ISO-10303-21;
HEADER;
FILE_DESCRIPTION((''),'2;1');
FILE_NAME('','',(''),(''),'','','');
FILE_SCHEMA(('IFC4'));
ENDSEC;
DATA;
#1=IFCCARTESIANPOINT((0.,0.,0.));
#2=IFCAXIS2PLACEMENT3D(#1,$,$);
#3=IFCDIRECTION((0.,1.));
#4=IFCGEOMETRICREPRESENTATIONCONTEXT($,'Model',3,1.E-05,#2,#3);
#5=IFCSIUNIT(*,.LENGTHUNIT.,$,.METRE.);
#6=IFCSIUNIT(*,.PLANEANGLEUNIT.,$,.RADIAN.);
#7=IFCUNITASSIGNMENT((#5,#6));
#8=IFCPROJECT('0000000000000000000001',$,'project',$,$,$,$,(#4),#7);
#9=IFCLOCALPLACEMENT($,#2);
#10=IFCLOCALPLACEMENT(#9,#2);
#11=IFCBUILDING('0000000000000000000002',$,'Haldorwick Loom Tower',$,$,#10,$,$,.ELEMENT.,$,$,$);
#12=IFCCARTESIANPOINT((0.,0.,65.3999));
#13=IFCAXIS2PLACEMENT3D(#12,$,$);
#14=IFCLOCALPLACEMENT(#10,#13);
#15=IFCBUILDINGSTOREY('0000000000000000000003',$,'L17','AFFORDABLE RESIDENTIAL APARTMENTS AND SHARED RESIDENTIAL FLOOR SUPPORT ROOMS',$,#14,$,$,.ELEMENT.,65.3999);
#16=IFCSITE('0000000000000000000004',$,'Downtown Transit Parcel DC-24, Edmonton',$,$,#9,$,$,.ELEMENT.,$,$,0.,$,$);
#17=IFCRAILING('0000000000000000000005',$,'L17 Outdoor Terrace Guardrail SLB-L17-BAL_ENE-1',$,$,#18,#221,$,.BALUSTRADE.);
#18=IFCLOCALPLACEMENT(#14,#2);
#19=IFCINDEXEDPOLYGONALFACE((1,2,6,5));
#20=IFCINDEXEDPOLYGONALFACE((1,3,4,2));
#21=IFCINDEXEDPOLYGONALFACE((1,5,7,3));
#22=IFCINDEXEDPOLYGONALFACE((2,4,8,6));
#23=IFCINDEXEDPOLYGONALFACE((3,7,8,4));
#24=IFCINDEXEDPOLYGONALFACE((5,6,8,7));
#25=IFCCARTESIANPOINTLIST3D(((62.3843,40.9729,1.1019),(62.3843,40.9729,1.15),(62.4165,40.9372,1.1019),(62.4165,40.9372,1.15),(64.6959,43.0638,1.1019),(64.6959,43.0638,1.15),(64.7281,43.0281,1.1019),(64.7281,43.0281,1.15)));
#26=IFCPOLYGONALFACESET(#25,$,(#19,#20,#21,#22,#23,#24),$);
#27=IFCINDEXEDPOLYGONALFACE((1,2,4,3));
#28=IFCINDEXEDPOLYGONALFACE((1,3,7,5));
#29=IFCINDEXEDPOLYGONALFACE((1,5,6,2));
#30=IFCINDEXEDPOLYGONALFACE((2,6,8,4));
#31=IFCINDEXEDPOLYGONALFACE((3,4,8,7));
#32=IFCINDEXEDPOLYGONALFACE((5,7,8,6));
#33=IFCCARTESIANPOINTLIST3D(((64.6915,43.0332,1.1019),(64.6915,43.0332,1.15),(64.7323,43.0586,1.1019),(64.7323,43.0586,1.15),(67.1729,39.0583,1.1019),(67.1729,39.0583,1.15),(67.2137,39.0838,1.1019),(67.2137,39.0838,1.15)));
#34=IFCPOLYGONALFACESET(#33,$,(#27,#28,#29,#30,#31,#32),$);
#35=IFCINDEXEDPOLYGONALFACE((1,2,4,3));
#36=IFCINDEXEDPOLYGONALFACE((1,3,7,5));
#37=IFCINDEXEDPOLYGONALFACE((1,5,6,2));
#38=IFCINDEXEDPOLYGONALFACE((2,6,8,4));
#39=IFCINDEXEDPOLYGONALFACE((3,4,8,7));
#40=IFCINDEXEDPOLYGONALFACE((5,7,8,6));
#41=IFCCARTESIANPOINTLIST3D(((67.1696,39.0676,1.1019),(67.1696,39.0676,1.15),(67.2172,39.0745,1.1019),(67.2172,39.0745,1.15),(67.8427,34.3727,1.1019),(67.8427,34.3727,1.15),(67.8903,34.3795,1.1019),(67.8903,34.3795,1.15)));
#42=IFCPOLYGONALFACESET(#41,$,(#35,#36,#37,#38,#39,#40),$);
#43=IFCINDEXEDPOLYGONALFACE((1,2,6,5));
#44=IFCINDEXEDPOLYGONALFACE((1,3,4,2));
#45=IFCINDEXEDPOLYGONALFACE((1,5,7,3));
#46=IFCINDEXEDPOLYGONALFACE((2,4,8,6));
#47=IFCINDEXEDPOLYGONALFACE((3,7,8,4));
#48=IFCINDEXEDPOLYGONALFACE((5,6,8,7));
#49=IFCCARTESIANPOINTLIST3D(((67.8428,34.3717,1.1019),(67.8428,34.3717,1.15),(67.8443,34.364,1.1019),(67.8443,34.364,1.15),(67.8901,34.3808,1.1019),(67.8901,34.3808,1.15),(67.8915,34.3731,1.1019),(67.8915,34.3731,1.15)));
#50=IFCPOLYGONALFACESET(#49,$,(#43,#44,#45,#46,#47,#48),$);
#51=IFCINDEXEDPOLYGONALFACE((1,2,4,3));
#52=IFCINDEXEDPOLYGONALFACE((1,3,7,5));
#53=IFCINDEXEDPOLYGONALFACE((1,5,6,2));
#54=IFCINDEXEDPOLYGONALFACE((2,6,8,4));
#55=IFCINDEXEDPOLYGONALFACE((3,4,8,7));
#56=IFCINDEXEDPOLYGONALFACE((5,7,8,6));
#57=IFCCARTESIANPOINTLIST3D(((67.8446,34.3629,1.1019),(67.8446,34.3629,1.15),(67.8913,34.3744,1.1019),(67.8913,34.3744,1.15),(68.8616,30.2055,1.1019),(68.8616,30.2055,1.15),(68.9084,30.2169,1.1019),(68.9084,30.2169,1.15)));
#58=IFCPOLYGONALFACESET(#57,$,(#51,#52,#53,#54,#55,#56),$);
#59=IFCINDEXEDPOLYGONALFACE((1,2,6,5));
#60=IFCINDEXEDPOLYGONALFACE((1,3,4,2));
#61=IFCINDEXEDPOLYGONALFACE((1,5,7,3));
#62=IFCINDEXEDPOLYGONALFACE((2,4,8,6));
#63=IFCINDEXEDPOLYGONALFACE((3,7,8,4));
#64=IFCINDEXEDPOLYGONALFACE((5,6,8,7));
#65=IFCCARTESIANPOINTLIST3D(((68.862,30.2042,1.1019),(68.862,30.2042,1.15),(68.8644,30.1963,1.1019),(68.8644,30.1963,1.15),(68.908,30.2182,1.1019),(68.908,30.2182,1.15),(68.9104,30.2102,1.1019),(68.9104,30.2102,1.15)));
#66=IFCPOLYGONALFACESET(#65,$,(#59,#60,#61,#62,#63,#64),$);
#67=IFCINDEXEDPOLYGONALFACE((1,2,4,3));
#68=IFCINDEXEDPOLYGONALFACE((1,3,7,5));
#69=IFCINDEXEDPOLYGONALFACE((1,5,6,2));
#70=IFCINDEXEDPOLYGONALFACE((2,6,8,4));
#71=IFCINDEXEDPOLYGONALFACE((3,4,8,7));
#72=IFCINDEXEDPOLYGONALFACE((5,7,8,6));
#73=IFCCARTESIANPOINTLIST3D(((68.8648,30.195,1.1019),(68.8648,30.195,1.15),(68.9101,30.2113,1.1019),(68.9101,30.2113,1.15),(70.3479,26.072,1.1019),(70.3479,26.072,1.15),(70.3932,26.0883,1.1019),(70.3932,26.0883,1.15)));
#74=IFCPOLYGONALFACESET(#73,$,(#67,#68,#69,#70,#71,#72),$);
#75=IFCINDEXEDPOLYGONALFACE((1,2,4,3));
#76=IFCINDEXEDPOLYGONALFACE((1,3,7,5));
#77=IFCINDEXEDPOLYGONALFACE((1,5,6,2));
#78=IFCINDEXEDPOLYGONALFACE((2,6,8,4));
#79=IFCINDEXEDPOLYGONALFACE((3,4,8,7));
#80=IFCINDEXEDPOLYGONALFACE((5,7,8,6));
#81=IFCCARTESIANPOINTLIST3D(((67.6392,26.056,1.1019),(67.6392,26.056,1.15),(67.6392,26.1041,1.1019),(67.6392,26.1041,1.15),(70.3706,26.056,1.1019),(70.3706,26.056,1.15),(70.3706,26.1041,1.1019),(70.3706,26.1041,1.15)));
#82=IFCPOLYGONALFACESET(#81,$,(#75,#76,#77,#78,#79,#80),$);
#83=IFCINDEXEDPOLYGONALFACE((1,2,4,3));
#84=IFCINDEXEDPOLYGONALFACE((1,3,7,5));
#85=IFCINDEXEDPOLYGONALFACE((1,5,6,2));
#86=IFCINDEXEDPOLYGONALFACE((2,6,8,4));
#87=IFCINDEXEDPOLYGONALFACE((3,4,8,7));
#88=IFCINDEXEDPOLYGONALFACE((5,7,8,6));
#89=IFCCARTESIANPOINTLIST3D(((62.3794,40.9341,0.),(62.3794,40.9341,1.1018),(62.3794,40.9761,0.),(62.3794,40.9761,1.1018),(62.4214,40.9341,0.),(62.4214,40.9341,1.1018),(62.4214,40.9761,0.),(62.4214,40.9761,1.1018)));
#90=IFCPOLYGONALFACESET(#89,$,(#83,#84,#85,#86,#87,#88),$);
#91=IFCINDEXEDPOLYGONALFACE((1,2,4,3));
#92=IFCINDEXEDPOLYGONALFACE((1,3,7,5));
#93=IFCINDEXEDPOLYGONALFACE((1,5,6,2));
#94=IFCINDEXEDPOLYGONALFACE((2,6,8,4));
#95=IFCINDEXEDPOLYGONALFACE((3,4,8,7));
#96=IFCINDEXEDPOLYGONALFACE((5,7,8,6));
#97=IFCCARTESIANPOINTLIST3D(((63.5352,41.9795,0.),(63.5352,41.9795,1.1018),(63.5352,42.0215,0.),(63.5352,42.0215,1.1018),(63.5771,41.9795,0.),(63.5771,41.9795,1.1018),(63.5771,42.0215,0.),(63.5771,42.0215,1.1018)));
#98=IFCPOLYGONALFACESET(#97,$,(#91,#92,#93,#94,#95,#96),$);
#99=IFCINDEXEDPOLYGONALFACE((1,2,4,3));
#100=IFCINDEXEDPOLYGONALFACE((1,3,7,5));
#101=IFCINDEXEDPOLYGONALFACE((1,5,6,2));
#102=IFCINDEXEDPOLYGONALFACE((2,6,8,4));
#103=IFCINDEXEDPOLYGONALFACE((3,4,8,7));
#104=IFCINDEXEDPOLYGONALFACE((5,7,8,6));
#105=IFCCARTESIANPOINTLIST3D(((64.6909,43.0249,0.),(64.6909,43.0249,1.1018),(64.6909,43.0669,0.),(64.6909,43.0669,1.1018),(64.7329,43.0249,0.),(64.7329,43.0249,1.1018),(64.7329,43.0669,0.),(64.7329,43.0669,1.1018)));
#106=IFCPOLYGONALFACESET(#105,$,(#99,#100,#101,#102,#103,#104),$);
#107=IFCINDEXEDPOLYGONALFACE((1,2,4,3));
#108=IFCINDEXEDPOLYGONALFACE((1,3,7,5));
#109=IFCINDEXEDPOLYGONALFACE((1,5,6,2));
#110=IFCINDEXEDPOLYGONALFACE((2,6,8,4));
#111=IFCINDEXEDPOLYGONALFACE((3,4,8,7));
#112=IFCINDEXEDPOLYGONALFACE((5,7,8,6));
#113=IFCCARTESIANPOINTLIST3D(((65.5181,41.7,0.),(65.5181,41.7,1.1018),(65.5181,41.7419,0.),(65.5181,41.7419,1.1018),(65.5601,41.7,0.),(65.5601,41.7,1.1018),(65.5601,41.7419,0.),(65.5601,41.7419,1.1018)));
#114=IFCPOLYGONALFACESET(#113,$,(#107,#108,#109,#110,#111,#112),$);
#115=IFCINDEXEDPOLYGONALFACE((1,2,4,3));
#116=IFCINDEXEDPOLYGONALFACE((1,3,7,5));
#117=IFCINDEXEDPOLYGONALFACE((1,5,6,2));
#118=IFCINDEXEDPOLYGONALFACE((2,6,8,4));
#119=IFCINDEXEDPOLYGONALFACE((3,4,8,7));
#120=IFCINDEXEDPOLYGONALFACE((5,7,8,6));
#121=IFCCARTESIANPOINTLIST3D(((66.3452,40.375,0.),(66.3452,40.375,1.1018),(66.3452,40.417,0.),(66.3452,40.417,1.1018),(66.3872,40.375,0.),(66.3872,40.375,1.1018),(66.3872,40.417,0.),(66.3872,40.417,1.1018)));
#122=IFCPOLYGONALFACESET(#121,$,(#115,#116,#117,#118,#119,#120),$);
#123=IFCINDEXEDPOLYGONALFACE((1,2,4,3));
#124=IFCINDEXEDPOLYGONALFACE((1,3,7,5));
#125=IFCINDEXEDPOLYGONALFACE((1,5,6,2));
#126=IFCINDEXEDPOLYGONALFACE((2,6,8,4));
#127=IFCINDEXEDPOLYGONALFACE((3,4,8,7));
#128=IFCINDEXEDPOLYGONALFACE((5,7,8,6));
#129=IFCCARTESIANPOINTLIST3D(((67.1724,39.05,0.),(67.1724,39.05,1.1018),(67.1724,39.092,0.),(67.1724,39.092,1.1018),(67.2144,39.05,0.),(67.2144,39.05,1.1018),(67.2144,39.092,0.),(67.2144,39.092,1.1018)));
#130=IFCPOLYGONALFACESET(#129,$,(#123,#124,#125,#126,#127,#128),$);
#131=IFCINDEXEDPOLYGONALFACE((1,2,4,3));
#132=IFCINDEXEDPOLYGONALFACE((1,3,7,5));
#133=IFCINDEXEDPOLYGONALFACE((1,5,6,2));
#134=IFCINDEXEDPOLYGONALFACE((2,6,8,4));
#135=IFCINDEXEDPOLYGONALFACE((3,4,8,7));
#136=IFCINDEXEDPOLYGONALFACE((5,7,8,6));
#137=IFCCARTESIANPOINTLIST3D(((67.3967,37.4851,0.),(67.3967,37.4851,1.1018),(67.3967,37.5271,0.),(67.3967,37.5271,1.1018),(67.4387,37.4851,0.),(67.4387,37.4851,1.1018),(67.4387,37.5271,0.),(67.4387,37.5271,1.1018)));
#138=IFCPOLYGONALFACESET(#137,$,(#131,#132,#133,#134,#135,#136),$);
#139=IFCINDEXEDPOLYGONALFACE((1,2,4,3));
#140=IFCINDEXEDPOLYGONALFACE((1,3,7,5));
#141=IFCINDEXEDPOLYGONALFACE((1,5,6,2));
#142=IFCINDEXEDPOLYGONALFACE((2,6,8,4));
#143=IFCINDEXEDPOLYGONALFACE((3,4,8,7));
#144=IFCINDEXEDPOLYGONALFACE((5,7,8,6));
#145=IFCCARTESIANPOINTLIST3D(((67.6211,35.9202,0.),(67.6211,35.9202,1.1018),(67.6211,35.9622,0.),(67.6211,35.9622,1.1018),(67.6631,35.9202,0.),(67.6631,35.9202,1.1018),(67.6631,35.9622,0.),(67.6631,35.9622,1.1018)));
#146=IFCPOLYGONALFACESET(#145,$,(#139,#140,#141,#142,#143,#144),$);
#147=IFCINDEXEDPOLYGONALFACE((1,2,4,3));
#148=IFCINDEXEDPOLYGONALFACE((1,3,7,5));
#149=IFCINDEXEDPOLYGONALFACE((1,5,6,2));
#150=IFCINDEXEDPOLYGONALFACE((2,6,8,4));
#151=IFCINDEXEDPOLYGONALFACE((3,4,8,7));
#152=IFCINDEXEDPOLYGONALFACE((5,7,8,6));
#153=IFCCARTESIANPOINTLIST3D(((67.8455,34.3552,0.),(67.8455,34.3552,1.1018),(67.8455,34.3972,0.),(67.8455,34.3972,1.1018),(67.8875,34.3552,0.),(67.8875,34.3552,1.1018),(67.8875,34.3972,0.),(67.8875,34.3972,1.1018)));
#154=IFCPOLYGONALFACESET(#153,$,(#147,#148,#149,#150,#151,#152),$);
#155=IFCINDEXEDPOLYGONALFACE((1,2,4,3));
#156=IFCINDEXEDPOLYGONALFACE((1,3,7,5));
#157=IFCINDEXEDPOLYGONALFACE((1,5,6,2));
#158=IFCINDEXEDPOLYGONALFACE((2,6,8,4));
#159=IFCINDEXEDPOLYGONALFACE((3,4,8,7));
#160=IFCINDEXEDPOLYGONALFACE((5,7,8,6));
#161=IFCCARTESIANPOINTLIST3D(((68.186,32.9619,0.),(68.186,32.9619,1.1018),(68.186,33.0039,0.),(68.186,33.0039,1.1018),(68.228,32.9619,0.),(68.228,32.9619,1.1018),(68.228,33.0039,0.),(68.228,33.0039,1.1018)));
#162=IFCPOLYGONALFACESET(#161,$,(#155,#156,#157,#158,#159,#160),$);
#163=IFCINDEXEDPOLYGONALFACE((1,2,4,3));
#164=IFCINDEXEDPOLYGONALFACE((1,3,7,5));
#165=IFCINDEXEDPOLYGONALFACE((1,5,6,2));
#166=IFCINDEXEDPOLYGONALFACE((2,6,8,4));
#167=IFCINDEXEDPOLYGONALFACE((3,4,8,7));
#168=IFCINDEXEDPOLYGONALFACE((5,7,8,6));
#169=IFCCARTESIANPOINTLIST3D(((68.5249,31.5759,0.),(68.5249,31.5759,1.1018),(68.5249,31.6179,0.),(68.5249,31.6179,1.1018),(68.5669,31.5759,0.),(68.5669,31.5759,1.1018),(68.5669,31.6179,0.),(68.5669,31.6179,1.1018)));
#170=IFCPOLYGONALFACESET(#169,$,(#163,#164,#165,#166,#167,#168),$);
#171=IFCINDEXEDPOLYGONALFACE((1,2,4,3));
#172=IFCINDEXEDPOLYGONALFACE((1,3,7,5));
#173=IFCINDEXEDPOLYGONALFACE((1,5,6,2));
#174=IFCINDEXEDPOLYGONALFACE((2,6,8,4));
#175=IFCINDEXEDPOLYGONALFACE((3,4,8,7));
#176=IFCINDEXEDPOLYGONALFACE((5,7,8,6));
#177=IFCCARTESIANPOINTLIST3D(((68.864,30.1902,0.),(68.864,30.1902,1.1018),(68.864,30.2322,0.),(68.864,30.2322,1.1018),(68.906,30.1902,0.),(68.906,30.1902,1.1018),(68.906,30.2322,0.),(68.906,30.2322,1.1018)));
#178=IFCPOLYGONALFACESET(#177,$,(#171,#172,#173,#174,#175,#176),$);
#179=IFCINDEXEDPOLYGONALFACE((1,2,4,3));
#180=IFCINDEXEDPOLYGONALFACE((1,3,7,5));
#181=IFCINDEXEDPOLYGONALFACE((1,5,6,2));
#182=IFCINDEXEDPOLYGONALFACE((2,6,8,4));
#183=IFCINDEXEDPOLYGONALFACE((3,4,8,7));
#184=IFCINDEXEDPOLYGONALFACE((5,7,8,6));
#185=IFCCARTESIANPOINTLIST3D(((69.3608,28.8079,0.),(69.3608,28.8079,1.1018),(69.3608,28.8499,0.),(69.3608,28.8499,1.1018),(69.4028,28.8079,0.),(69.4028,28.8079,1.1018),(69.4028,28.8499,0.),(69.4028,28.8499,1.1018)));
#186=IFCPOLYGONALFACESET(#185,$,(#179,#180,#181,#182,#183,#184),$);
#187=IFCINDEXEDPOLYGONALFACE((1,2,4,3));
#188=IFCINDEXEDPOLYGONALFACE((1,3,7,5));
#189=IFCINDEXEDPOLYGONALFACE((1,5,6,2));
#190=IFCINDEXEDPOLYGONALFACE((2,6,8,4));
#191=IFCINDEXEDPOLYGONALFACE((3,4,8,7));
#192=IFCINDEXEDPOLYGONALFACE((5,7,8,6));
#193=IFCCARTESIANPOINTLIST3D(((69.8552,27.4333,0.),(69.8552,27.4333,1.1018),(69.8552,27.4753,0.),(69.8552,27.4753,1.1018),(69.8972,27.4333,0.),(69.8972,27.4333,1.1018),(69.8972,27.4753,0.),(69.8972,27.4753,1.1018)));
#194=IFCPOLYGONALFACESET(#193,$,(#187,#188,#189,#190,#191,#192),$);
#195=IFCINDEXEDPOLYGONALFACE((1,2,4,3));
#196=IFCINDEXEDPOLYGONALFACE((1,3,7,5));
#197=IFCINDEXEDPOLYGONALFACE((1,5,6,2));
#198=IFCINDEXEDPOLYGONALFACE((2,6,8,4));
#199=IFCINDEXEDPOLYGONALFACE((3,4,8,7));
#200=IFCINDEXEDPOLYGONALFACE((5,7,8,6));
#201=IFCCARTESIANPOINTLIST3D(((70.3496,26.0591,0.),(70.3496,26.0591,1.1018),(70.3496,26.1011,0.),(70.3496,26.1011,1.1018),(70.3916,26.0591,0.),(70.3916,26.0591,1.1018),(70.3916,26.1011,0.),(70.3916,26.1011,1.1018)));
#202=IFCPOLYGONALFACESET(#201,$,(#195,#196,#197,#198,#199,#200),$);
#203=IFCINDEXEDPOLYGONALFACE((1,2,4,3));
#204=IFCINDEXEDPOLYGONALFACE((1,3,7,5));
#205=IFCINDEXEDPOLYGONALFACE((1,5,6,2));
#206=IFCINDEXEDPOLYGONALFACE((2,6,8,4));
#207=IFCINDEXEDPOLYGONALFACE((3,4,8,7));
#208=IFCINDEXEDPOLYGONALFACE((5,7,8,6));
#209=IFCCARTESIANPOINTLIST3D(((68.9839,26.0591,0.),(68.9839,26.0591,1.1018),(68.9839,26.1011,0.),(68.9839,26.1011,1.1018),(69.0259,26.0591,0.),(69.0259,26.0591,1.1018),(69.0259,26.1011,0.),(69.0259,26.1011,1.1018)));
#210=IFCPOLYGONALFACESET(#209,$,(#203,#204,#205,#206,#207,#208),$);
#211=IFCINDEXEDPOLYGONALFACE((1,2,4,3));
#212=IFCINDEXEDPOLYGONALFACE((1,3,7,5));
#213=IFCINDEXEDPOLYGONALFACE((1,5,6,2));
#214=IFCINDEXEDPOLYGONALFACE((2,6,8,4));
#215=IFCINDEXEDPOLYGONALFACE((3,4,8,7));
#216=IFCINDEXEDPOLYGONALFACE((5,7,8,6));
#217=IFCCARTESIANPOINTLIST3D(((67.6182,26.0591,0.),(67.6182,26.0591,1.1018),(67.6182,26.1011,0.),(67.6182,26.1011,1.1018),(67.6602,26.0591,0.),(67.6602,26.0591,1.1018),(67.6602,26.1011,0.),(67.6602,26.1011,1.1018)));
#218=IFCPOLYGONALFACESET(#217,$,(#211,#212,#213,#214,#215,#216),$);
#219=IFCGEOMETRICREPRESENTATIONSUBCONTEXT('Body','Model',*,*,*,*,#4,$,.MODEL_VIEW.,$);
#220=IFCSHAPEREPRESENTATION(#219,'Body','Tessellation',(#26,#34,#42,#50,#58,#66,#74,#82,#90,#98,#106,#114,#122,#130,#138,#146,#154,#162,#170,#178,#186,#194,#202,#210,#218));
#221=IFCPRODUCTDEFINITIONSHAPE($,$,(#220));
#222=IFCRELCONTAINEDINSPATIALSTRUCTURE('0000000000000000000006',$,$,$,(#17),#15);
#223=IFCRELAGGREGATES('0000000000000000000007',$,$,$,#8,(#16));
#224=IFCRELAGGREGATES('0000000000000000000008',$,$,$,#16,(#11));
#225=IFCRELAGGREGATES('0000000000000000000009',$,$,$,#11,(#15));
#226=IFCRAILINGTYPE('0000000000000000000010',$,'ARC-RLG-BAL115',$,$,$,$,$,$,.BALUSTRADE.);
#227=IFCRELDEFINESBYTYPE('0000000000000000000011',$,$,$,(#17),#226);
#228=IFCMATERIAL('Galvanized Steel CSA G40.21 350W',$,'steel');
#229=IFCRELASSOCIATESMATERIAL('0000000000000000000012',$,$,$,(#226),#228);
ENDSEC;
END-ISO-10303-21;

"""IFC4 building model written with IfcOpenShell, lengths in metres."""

from ifc_helpers import new_model, si_unit, direction, frame, origin, origin_2d, place, context, subcontext, project, spatial, rectangle, extrude, material, type_object, element, save


model = new_model("IFC4")

# Units and contexts
model_context = context("Model", 3, precision=1e-05, world=origin(), true_north=direction((0.0, 1.0)))
body_context = subcontext(model_context, "Body", "Model", "MODEL_VIEW")
ifc_project = project(units=[si_unit("LENGTHUNIT", "METRE"), si_unit("PLANEANGLEUNIT", "RADIAN")], contexts=[model_context])

# Site, building, storey
site_placement = place(None, origin())
site = spatial("IfcSite", under=ifc_project, at=site_placement, Name="Downtown Transit Parcel DC-24, Edmonton", CompositionType="ELEMENT", RefElevation=0.0)
building_placement = place(site_placement, origin())
building = spatial("IfcBuilding", under=site, at=building_placement, Name="Haldorwick Loom Tower", CompositionType="ELEMENT")
storey_placement = place(building_placement, frame((0.0, 0.0, 65.3999)))
storey = spatial("IfcBuildingStorey", under=building, at=storey_placement, Name="L17", Description="AFFORDABLE RESIDENTIAL APARTMENTS AND SHARED RESIDENTIAL FLOOR SUPPORT ROOMS", CompositionType="ELEMENT", Elevation=65.3999)

# Railing
ifc_material_1 = material(Name="Galvanized Steel CSA G40.21 350W", Category="steel")
railing_type = type_object("IfcRailingType", Name="ARC-RLG-BAL115", PredefinedType="BALUSTRADE", material=ifc_material_1)
railing_placement = place(storey_placement, frame((62.4004, 40.9551, 0.0)))
element("IfcRailing", 1, at=railing_placement, inside=storey, type_object=railing_type, Name="L17 Outdoor Terrace Guardrail SLB-L17-BAL_ENE-1", PredefinedType="BALUSTRADE", context=body_context, shape_type="SweptSolid", body=[
    extrude(rectangle(XDim=0.0481, YDim=0.0481, at=origin_2d()), frame((0.0, 0.0, 1.126), z_axis=(0.741625, 0.670815, 0.0), x_axis=(-0.670815, 0.741625, 0.0)), (0.0, 0.0, 1.0), 3.1169),
    extrude(rectangle(XDim=0.0481, YDim=0.0481, at=origin_2d()), frame((2.3115, 2.0908, 1.126), z_axis=(0.529563, -0.84827, 0.0), x_axis=(0.84827, 0.529563, 0.0)), (0.0, 0.0, 1.0), 4.6858),
    extrude(rectangle(XDim=0.0481, YDim=0.0481, at=origin_2d()), frame((4.793, -1.884, 1.126), z_axis=(0.141919, -0.989878, 0.0), x_axis=(0.989878, 0.141919, 0.0)), (0.0, 0.0, 1.0), 4.7429),
    extrude(rectangle(XDim=0.0481, YDim=0.0481, at=origin_2d()), frame((5.4661, -6.5789, 1.126), z_axis=(0.190022, -0.98178, 0.0), x_axis=(0.98178, 0.190022, 0.0)), (0.0, 0.0, 1.0), 0.0078),
    extrude(rectangle(XDim=0.0481, YDim=0.0481, at=origin_2d()), frame((5.4675, -6.5864, 1.126), z_axis=(0.237634, -0.971355, 0.0), x_axis=(0.971355, 0.237634, 0.0)), (0.0, 0.0, 1.0), 4.28),
    extrude(rectangle(XDim=0.0481, YDim=0.0481, at=origin_2d()), frame((6.4846, -10.7439, 1.126), z_axis=(0.290007, -0.957024, 0.0), x_axis=(0.957024, 0.290007, 0.0)), (0.0, 0.0, 1.0), 0.0083),
    extrude(rectangle(XDim=0.0481, YDim=0.0481, at=origin_2d()), frame((6.4871, -10.752, 1.126), z_axis=(0.338489, -0.94097, 0.0), x_axis=(0.94097, 0.338489, 0.0)), (0.0, 0.0, 1.0), 4.3816),
    extrude(rectangle(XDim=0.0481, YDim=0.0481, at=origin_2d()), frame((7.9702, -14.875, 1.126), z_axis=(-1.0, 0.0, 0.0), x_axis=(0.0, -1.0, 0.0)), (0.0, 0.0, 1.0), 2.7314),
    extrude(rectangle(XDim=0.042, YDim=0.042, at=origin_2d()), origin(), (0.0, 0.0, 1.0), 1.1018),
    extrude(rectangle(XDim=0.042, YDim=0.042, at=origin_2d()), frame((1.1558, 1.0454, 0.0)), (0.0, 0.0, 1.0), 1.1018),
    extrude(rectangle(XDim=0.042, YDim=0.042, at=origin_2d()), frame((2.3115, 2.0908, 0.0)), (0.0, 0.0, 1.0), 1.1018),
    extrude(rectangle(XDim=0.042, YDim=0.042, at=origin_2d()), frame((3.1387, 0.7659, 0.0)), (0.0, 0.0, 1.0), 1.1018),
    extrude(rectangle(XDim=0.042, YDim=0.042, at=origin_2d()), frame((3.9658, -0.5591, 0.0)), (0.0, 0.0, 1.0), 1.1018),
    extrude(rectangle(XDim=0.042, YDim=0.042, at=origin_2d()), frame((4.793, -1.884, 0.0)), (0.0, 0.0, 1.0), 1.1018),
    extrude(rectangle(XDim=0.042, YDim=0.042, at=origin_2d()), frame((5.0173, -3.449, 0.0)), (0.0, 0.0, 1.0), 1.1018),
    extrude(rectangle(XDim=0.042, YDim=0.042, at=origin_2d()), frame((5.2417, -5.0139, 0.0)), (0.0, 0.0, 1.0), 1.1018),
    extrude(rectangle(XDim=0.042, YDim=0.042, at=origin_2d()), frame((5.4661, -6.5789, 0.0)), (0.0, 0.0, 1.0), 1.1018),
    extrude(rectangle(XDim=0.042, YDim=0.042, at=origin_2d()), frame((5.8066, -7.9722, 0.0)), (0.0, 0.0, 1.0), 1.1018),
    extrude(rectangle(XDim=0.042, YDim=0.042, at=origin_2d()), frame((6.1455, -9.3582, 0.0)), (0.0, 0.0, 1.0), 1.1018),
    extrude(rectangle(XDim=0.042, YDim=0.042, at=origin_2d()), frame((6.4846, -10.7439, 0.0)), (0.0, 0.0, 1.0), 1.1018),
    extrude(rectangle(XDim=0.042, YDim=0.042, at=origin_2d()), frame((6.9814, -12.1262, 0.0)), (0.0, 0.0, 1.0), 1.1018),
    extrude(rectangle(XDim=0.042, YDim=0.042, at=origin_2d()), frame((7.4758, -13.5007, 0.0)), (0.0, 0.0, 1.0), 1.1018),
    extrude(rectangle(XDim=0.042, YDim=0.042, at=origin_2d()), frame((7.9702, -14.875, 0.0)), (0.0, 0.0, 1.0), 1.1018),
    extrude(rectangle(XDim=0.042, YDim=0.042, at=origin_2d()), frame((6.6045, -14.875, 0.0)), (0.0, 0.0, 1.0), 1.1018),
    extrude(rectangle(XDim=0.042, YDim=0.042, at=origin_2d()), frame((5.2388, -14.875, 0.0)), (0.0, 0.0, 1.0), 1.1018),
])

save(model, "model.ifc")
